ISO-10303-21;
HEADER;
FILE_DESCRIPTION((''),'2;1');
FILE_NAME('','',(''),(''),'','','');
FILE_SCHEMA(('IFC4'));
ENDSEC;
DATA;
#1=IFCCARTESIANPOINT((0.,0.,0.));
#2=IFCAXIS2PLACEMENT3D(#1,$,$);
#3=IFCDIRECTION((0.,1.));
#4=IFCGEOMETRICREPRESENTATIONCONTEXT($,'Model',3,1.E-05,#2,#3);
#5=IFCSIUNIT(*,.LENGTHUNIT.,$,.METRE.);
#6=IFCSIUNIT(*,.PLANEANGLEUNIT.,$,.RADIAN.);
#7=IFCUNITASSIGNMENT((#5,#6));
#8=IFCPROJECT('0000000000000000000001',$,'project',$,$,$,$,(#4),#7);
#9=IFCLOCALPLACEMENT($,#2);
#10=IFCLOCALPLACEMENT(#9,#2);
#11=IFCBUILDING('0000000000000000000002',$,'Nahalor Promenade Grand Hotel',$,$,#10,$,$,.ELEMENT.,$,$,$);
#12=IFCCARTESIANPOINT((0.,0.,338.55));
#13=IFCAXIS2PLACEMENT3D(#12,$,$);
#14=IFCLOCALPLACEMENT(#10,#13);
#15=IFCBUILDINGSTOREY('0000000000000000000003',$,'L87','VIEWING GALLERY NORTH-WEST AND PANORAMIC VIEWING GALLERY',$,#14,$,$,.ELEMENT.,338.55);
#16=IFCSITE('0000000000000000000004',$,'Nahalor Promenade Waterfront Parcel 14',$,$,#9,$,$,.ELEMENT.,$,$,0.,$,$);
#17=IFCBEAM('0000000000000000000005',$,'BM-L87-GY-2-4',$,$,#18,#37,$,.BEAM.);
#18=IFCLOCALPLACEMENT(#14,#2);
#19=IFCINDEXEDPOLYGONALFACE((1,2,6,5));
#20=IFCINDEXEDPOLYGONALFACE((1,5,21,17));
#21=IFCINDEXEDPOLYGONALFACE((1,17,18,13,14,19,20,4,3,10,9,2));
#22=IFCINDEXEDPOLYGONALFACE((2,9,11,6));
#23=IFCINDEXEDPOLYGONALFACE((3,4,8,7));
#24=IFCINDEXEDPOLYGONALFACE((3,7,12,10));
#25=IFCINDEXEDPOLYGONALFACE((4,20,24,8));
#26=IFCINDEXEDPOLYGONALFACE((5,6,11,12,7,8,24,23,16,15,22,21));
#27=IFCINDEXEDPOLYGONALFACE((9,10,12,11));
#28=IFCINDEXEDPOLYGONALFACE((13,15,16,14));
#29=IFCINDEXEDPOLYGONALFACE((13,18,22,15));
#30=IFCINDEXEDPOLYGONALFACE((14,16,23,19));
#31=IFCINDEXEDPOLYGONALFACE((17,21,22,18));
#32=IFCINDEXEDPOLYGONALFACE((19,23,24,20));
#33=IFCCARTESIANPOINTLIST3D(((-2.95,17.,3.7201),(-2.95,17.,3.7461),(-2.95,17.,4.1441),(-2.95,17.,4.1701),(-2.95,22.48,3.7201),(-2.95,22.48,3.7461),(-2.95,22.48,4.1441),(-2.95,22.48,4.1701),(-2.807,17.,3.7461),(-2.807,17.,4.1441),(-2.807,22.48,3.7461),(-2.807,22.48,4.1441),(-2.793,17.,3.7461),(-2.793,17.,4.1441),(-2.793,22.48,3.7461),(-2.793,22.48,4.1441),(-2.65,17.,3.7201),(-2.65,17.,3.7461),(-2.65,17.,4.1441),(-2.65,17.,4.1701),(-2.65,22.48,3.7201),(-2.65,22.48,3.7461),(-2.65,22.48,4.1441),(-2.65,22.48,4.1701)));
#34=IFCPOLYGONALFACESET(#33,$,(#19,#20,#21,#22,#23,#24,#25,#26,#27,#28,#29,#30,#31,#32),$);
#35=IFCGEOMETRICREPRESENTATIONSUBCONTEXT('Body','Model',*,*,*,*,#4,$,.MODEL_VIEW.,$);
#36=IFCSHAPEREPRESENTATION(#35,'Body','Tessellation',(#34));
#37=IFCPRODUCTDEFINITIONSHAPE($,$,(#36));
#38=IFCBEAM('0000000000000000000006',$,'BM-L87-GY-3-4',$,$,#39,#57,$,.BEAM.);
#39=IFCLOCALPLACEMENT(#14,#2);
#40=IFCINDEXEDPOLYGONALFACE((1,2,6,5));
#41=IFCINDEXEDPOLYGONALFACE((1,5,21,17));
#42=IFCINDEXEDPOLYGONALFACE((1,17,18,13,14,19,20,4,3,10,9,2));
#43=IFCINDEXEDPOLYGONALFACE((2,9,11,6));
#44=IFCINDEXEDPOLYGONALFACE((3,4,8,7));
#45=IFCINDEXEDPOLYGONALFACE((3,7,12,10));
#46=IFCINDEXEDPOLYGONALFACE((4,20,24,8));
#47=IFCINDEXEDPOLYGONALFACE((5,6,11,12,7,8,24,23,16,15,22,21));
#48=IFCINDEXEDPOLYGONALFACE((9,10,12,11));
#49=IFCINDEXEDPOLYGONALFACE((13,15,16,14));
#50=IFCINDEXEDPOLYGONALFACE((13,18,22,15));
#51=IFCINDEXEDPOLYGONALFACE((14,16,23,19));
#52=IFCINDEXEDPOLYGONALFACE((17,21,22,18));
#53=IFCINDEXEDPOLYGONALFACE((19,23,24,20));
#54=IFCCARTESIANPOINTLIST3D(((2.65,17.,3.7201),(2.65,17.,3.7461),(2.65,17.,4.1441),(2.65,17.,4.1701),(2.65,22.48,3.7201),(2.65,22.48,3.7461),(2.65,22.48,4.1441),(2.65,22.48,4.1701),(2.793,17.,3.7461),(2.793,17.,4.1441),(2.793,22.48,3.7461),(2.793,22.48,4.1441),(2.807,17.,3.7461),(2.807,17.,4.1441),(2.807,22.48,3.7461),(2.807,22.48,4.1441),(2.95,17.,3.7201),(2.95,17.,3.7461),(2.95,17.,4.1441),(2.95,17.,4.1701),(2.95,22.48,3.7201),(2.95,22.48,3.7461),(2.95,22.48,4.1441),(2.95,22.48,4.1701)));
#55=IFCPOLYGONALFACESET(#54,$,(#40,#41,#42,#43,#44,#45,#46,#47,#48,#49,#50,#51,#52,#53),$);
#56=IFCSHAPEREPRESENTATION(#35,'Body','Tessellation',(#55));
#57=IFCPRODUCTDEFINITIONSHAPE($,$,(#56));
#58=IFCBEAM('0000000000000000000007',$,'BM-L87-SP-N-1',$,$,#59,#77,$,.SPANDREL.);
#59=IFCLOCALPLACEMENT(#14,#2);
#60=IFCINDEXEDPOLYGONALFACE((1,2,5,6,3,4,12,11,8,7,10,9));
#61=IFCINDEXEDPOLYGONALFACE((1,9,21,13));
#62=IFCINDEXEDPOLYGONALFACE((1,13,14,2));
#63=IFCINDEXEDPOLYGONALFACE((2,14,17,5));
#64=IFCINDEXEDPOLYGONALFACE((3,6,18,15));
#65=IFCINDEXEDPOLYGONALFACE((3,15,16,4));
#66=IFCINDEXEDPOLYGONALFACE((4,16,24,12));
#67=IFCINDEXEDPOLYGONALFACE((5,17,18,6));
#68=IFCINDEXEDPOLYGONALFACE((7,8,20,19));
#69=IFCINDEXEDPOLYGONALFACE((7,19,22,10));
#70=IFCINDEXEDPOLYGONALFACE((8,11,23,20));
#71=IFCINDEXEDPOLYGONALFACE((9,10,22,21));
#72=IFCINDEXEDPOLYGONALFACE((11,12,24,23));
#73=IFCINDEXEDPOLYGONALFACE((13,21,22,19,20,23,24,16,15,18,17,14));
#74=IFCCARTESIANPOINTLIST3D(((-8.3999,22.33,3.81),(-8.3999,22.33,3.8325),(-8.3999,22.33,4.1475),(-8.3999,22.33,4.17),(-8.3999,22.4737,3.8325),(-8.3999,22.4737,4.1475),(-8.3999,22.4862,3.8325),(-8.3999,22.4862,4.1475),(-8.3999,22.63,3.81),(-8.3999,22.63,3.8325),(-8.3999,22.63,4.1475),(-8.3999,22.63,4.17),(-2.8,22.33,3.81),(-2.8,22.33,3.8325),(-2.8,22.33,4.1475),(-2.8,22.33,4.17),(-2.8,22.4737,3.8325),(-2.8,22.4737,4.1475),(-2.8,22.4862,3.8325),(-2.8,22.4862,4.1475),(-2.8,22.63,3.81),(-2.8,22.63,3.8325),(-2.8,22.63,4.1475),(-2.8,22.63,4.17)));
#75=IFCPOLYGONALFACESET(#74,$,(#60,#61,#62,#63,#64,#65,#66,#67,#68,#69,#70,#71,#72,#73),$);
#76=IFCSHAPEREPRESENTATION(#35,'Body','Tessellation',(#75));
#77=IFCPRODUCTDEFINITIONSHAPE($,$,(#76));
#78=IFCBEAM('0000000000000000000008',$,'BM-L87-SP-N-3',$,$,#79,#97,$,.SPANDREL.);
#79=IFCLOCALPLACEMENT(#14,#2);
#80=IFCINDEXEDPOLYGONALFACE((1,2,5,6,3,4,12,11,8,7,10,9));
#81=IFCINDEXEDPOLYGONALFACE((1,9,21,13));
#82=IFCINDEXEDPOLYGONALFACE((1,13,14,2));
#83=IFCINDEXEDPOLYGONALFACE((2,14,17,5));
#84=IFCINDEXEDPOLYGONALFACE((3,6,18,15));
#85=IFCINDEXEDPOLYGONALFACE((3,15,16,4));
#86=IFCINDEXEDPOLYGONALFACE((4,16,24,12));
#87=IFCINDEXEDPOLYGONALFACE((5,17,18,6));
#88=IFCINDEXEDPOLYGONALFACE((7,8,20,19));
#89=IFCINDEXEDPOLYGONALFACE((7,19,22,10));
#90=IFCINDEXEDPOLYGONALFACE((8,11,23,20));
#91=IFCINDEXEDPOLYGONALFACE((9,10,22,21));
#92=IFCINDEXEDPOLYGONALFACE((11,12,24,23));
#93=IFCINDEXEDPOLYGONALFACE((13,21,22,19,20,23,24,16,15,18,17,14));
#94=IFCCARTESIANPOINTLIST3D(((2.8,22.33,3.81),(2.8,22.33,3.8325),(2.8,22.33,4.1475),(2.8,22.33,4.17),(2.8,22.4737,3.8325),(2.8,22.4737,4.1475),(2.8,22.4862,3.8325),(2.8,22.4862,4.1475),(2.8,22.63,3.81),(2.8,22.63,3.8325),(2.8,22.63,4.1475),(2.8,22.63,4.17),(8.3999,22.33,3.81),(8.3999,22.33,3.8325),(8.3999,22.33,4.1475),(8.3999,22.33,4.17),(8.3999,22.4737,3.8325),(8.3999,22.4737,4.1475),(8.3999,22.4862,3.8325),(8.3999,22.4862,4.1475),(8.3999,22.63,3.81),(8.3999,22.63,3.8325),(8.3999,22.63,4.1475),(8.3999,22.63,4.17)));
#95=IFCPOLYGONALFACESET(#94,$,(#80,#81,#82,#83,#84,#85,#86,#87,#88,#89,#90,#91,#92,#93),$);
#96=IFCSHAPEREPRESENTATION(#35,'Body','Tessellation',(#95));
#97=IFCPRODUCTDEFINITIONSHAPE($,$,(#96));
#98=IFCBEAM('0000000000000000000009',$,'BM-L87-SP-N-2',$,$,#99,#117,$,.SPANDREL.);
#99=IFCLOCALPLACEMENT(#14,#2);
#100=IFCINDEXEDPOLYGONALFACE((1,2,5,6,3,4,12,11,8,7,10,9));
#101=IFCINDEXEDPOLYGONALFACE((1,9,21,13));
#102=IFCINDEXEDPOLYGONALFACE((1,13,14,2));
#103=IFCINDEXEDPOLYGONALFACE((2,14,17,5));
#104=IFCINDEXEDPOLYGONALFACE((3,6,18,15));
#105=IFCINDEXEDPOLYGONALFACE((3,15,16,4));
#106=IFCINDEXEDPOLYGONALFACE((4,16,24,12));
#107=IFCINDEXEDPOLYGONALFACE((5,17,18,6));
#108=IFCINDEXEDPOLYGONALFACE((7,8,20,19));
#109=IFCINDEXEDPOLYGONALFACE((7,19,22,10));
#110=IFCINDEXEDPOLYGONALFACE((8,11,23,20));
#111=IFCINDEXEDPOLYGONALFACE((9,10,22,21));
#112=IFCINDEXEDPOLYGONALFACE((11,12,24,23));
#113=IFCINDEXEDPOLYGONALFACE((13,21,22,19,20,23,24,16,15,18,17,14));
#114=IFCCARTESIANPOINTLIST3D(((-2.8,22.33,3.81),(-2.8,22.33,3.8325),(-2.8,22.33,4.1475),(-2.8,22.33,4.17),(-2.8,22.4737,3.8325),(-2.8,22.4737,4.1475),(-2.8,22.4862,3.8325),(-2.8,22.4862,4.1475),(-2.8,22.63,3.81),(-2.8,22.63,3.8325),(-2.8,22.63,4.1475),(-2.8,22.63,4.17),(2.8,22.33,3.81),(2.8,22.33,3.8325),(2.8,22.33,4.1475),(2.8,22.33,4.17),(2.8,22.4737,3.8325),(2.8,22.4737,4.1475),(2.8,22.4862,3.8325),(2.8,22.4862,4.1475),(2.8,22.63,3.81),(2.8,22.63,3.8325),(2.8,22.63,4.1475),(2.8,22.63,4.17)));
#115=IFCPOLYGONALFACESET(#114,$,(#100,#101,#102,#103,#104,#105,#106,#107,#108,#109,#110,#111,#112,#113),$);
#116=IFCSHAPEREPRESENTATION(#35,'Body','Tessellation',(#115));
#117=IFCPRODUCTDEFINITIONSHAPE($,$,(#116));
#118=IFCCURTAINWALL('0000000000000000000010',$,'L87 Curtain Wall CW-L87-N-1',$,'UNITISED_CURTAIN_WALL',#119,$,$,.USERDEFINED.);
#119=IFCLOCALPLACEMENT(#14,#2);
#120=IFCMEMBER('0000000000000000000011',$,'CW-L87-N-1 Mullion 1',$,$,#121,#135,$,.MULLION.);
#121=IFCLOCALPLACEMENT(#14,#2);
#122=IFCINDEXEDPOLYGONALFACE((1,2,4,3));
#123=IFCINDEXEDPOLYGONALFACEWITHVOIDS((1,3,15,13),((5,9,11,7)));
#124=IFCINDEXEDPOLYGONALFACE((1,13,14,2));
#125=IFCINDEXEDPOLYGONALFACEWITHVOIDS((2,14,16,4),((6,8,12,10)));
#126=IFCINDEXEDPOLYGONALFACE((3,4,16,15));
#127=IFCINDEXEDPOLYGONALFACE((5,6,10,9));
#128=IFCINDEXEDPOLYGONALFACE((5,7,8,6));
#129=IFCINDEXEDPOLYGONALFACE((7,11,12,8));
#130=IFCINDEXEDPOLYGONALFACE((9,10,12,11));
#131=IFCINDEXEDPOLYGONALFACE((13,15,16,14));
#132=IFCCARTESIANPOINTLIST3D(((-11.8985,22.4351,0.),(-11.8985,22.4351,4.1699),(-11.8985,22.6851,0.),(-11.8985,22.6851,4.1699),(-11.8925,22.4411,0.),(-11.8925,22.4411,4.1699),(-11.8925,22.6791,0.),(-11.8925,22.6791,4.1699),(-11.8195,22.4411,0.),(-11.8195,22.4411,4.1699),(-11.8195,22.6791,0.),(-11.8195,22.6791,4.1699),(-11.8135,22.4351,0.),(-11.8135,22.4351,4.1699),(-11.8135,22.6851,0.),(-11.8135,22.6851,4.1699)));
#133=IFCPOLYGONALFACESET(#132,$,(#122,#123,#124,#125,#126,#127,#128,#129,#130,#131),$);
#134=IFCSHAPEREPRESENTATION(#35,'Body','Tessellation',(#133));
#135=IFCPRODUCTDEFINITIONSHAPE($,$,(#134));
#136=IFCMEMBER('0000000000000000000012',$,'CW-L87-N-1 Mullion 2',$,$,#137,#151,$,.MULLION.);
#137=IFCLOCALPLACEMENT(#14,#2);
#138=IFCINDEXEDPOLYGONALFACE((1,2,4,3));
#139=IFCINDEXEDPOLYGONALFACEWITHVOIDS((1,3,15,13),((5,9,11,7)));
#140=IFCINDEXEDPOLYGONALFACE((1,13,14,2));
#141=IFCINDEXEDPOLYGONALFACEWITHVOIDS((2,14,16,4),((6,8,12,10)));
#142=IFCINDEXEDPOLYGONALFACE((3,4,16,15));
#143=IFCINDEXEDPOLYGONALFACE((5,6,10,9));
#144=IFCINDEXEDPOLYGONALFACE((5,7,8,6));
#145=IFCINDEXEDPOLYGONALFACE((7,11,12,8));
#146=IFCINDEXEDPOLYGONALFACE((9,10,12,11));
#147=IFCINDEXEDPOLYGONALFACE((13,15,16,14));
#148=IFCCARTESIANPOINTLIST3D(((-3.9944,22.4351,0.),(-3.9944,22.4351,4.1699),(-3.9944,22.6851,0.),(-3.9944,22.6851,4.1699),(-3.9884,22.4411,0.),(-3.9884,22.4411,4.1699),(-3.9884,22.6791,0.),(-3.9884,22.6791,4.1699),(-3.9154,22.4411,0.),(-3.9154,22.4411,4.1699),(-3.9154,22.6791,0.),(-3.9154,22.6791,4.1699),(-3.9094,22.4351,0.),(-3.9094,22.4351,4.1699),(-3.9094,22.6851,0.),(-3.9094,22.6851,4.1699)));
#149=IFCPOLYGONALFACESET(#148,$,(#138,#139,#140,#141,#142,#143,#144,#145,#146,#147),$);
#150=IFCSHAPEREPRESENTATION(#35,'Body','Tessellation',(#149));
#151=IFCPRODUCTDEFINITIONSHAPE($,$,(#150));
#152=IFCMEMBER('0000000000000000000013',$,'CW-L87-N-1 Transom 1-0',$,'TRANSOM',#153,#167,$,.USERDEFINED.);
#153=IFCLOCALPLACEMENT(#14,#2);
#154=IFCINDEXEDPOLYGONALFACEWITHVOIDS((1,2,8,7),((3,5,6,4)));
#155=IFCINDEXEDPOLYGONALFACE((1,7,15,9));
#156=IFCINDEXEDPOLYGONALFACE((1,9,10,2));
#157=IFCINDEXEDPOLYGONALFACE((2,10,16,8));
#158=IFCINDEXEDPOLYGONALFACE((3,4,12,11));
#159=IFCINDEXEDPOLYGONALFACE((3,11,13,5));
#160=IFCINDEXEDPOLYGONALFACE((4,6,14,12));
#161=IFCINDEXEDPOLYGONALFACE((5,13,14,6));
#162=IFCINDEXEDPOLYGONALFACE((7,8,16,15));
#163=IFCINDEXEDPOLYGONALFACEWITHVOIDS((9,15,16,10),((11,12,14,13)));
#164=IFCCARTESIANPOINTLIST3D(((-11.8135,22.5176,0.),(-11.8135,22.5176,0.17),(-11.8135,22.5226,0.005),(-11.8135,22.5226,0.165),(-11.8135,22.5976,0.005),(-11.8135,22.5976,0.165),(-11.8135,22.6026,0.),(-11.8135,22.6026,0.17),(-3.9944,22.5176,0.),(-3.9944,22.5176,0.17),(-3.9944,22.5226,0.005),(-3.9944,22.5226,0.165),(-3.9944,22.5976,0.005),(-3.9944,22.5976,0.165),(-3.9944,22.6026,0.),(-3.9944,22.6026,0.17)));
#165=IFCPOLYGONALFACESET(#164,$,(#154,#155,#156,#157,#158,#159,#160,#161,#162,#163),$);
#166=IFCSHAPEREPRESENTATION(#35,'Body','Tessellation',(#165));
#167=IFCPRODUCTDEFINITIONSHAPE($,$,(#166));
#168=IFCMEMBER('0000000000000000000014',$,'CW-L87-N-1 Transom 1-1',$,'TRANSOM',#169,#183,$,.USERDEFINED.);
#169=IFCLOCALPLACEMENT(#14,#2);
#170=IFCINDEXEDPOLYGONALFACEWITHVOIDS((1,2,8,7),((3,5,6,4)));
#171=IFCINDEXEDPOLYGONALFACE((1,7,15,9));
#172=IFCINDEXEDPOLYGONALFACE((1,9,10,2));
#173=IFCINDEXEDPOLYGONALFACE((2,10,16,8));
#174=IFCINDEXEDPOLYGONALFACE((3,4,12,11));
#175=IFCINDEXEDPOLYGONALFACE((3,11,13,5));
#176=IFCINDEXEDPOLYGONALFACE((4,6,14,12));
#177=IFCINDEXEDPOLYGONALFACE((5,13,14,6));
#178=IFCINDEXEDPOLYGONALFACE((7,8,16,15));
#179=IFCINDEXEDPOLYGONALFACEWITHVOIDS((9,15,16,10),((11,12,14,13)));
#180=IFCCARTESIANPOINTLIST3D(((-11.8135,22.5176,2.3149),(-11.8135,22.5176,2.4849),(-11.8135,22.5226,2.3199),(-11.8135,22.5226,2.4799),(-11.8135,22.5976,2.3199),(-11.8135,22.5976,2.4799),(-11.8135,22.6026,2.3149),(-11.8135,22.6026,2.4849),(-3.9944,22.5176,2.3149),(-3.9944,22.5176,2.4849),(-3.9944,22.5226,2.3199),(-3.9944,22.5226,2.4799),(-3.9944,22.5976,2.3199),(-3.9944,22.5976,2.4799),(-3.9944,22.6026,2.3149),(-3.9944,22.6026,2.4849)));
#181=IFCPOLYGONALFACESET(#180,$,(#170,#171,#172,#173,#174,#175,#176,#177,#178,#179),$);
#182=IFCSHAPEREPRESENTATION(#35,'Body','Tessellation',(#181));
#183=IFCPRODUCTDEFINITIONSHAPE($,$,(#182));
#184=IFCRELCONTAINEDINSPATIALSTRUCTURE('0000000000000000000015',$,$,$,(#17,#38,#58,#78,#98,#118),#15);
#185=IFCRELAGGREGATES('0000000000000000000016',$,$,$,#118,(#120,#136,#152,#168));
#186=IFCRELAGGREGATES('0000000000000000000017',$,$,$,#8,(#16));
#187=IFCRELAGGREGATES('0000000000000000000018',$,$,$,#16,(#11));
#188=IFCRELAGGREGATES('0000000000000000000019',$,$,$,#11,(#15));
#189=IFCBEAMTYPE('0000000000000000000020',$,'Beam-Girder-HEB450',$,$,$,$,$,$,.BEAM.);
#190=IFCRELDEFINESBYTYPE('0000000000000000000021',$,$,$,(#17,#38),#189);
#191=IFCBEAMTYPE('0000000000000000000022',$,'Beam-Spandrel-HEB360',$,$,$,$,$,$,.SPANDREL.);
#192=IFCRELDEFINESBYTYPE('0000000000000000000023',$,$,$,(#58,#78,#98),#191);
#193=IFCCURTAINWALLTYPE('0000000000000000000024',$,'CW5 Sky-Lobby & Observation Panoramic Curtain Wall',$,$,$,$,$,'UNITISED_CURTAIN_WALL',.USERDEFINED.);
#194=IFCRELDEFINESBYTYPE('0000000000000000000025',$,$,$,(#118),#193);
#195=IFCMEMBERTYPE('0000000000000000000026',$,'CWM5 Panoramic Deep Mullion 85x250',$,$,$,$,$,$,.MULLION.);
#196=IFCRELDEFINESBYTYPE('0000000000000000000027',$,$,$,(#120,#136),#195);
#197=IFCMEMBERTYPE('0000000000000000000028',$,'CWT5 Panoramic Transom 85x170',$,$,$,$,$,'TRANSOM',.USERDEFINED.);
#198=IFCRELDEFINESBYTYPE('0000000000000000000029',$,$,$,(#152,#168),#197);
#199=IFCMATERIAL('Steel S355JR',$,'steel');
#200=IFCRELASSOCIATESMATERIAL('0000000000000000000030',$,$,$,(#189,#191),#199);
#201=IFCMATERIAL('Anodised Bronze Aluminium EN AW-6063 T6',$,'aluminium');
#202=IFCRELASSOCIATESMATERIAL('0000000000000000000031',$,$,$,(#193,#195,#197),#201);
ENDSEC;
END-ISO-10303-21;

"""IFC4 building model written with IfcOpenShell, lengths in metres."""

from ifc_helpers import new_model, si_unit, direction, frame, origin, origin_2d, place, context, subcontext, project, spatial, hollow_rectangle, i_section, extrude, source, transform, mapped, material, material_profile, profile_set, type_object, element, aggregate, save


model = new_model("IFC4")

# Units and contexts
model_context = context("Model", 3, precision=1e-05, world=origin(), true_north=direction((0.0, 1.0)))
body_context = subcontext(model_context, "Body", "Model", "MODEL_VIEW")
ifc_project = project(units=[si_unit("LENGTHUNIT", "METRE"), si_unit("PLANEANGLEUNIT", "RADIAN")], contexts=[model_context])

# Site, building, storey
site_placement = place(None, origin())
site = spatial("IfcSite", under=ifc_project, at=site_placement, Name="Nahalor Promenade Waterfront Parcel 14", CompositionType="ELEMENT", RefElevation=0.0)
building_placement = place(site_placement, origin())
building = spatial("IfcBuilding", under=site, at=building_placement, Name="Nahalor Promenade Grand Hotel", CompositionType="ELEMENT")
storey_placement = place(building_placement, frame((0.0, 0.0, 338.55)))
storey = spatial("IfcBuildingStorey", under=building, at=storey_placement, Name="L87", Description="VIEWING GALLERY NORTH-WEST AND PANORAMIC VIEWING GALLERY", CompositionType="ELEMENT", Elevation=338.55)

# Shared definitions
ifc_material_1 = material(Name="Steel S355JR", Category="steel")

# Beams
ifc_material_profile_1 = material_profile(ifc_material_1, i_section(OverallWidth=0.3, OverallDepth=0.45, WebThickness=0.014, FlangeThickness=0.026, at=origin_2d()), Name="HEB 450")
ifc_profile_set_1 = profile_set([ifc_material_profile_1], Name="Steel S355JR")
beam_type_1 = type_object("IfcBeamType", Name="Beam-Girder-HEB450", PredefinedType="BEAM", material=ifc_profile_set_1)
shared_shape_1 = source(origin(), body_context, "Body", "SweptSolid", [
    extrude(i_section(OverallWidth=0.3, OverallDepth=0.45, WebThickness=0.014, FlangeThickness=0.026, at=origin_2d()), origin(), (0.0, 0.0, 1.0), 5.48),
])
for number, where, z_axis, x_axis, name in (
    (1, (-2.8, 17.0, 3.9451), (0.0, 1.0, 0.0), (-1.0, 0.0, 0.0), "BM-L87-GY-2-4"),
    (2, (2.8, 17.0, 3.9451), (0.0, 1.0, 0.0), (-1.0, 0.0, 0.0), "BM-L87-GY-3-4"),
):
    element("IfcBeam", number, at=place(storey_placement, frame(where, z_axis=z_axis, x_axis=x_axis)), inside=storey, type_object=beam_type_1, Name=name, PredefinedType="BEAM", context=body_context, shape_type="MappedRepresentation", body=[
        mapped(shared_shape_1, transform((0.0, 0.0, 0.0), scale=1.0)),
    ])
ifc_material_profile_2 = material_profile(ifc_material_1, i_section(OverallWidth=0.3, OverallDepth=0.36, WebThickness=0.0125, FlangeThickness=0.0225, at=origin_2d()), Name="HEB 360")
ifc_profile_set_2 = profile_set([ifc_material_profile_2], Name="Steel S355JR")
beam_type_2 = type_object("IfcBeamType", Name="Beam-Spandrel-HEB360", PredefinedType="SPANDREL", material=ifc_profile_set_2)
shared_shape_2 = source(origin(), body_context, "Body", "SweptSolid", [
    extrude(i_section(OverallWidth=0.3, OverallDepth=0.36, WebThickness=0.0125, FlangeThickness=0.0225, at=origin_2d()), origin(), (0.0, 0.0, 1.0), 5.5999),
])
for number, where, z_axis, x_axis, name in (
    (3, (-8.3999, 22.48, 3.99), (1.0, 0.0, 0.0), (0.0, 1.0, 0.0), "BM-L87-SP-N-1"),
    (4, (2.8, 22.48, 3.99), (1.0, 0.0, 0.0), (0.0, 1.0, 0.0), "BM-L87-SP-N-3"),
):
    element("IfcBeam", number, at=place(storey_placement, frame(where, z_axis=z_axis, x_axis=x_axis)), inside=storey, type_object=beam_type_2, Name=name, PredefinedType="SPANDREL", context=body_context, shape_type="MappedRepresentation", body=[
        mapped(shared_shape_2, transform((0.0, 0.0, 0.0), scale=1.0)),
    ])
shared_shape_3 = source(origin(), body_context, "Body", "SweptSolid", [
    extrude(i_section(OverallWidth=0.3, OverallDepth=0.36, WebThickness=0.0125, FlangeThickness=0.0225, at=origin_2d()), origin(), (0.0, 0.0, 1.0), 5.6001),
])
beam_1_placement = place(storey_placement, frame((-2.8, 22.48, 3.99), z_axis=(1.0, 0.0, 0.0), x_axis=(0.0, 1.0, 0.0)))
element("IfcBeam", 5, at=beam_1_placement, inside=storey, type_object=beam_type_2, Name="BM-L87-SP-N-2", PredefinedType="SPANDREL", context=body_context, shape_type="MappedRepresentation", body=[
    mapped(shared_shape_3, transform((0.0, 0.0, 0.0), scale=1.0)),
])

# Curtain wall, members
ifc_material_2 = material(Name="Anodised Bronze Aluminium EN AW-6063 T6", Category="aluminium")
curtain_wall_type = type_object("IfcCurtainWallType", Name="CW5 Sky-Lobby & Observation Panoramic Curtain Wall", ElementType="UNITISED_CURTAIN_WALL", PredefinedType="USERDEFINED", material=ifc_material_2)
curtain_wall_placement = place(storey_placement, origin())
curtain_wall = element("IfcCurtainWall", 6, at=curtain_wall_placement, inside=storey, type_object=curtain_wall_type, Name="L87 Curtain Wall CW-L87-N-1", ObjectType="UNITISED_CURTAIN_WALL", PredefinedType="USERDEFINED")
ifc_material_profile_3 = material_profile(ifc_material_2, hollow_rectangle(XDim=0.085, YDim=0.25, WallThickness=0.006, at=origin_2d()), Name="CWM 85x250x6")
ifc_profile_set_3 = profile_set([ifc_material_profile_3], Name="Anodised Bronze Aluminium EN AW-6063 T6")
member_type_1 = type_object("IfcMemberType", Name="CWM5 Panoramic Deep Mullion 85x250", PredefinedType="MULLION", material=ifc_profile_set_3)
shared_shape_4 = source(origin(), body_context, "Body", "SweptSolid", [
    extrude(hollow_rectangle(XDim=0.085, YDim=0.25, WallThickness=0.006, at=origin_2d()), origin(), (0.0, 0.0, 1.0), 4.1699),
])
member_1_placement = place(storey_placement, frame((-11.856, 22.5601, 0.0), z_axis=(0.0, 0.0, 1.0), x_axis=(1.0, 0.0, 0.0)))
member_1 = element("IfcMember", 7, at=member_1_placement, type_object=member_type_1, Name="CW-L87-N-1 Mullion 1", PredefinedType="MULLION", context=body_context, shape_type="MappedRepresentation", body=[
    mapped(shared_shape_4, transform((0.0, 0.0, 0.0), scale=1.0)),
])
member_2_placement = place(storey_placement, frame((-3.9519, 22.5601, 0.0), z_axis=(0.0, 0.0, 1.0), x_axis=(1.0, 0.0, 0.0)))
member_2 = element("IfcMember", 8, at=member_2_placement, type_object=member_type_1, Name="CW-L87-N-1 Mullion 2", PredefinedType="MULLION", context=body_context, shape_type="MappedRepresentation", body=[
    mapped(shared_shape_4, transform((0.0, 0.0, 0.0), scale=1.0)),
])
ifc_material_profile_4 = material_profile(ifc_material_2, hollow_rectangle(XDim=0.085, YDim=0.17, WallThickness=0.005, at=origin_2d()), Name="CWT 85x170x5")
ifc_profile_set_4 = profile_set([ifc_material_profile_4], Name="Anodised Bronze Aluminium EN AW-6063 T6")
member_type_2 = type_object("IfcMemberType", Name="CWT5 Panoramic Transom 85x170", ElementType="TRANSOM", PredefinedType="USERDEFINED", material=ifc_profile_set_4)
shared_shape_5 = source(origin(), body_context, "Body", "SweptSolid", [
    extrude(hollow_rectangle(XDim=0.085, YDim=0.17, WallThickness=0.005, at=origin_2d()), origin(), (0.0, 0.0, 1.0), 7.8191),
])
member_3_placement = place(storey_placement, frame((-11.8135, 22.5601, 0.085), z_axis=(1.0, 0.0, 0.0), x_axis=(0.0, 1.0, 0.0)))
member_3 = element("IfcMember", 9, at=member_3_placement, type_object=member_type_2, Name="CW-L87-N-1 Transom 1-0", ObjectType="TRANSOM", PredefinedType="USERDEFINED", context=body_context, shape_type="MappedRepresentation", body=[
    mapped(shared_shape_5, transform((0.0, 0.0, 0.0), scale=1.0)),
])
member_4_placement = place(storey_placement, frame((-11.8135, 22.5601, 2.3999), z_axis=(1.0, 0.0, 0.0), x_axis=(0.0, 1.0, 0.0)))
member_4 = element("IfcMember", 10, at=member_4_placement, type_object=member_type_2, Name="CW-L87-N-1 Transom 1-1", ObjectType="TRANSOM", PredefinedType="USERDEFINED", context=body_context, shape_type="MappedRepresentation", body=[
    mapped(shared_shape_5, transform((0.0, 0.0, 0.0), scale=1.0)),
])
aggregate(curtain_wall, [member_1, member_2, member_3, member_4])

save(model, "model.ifc")
